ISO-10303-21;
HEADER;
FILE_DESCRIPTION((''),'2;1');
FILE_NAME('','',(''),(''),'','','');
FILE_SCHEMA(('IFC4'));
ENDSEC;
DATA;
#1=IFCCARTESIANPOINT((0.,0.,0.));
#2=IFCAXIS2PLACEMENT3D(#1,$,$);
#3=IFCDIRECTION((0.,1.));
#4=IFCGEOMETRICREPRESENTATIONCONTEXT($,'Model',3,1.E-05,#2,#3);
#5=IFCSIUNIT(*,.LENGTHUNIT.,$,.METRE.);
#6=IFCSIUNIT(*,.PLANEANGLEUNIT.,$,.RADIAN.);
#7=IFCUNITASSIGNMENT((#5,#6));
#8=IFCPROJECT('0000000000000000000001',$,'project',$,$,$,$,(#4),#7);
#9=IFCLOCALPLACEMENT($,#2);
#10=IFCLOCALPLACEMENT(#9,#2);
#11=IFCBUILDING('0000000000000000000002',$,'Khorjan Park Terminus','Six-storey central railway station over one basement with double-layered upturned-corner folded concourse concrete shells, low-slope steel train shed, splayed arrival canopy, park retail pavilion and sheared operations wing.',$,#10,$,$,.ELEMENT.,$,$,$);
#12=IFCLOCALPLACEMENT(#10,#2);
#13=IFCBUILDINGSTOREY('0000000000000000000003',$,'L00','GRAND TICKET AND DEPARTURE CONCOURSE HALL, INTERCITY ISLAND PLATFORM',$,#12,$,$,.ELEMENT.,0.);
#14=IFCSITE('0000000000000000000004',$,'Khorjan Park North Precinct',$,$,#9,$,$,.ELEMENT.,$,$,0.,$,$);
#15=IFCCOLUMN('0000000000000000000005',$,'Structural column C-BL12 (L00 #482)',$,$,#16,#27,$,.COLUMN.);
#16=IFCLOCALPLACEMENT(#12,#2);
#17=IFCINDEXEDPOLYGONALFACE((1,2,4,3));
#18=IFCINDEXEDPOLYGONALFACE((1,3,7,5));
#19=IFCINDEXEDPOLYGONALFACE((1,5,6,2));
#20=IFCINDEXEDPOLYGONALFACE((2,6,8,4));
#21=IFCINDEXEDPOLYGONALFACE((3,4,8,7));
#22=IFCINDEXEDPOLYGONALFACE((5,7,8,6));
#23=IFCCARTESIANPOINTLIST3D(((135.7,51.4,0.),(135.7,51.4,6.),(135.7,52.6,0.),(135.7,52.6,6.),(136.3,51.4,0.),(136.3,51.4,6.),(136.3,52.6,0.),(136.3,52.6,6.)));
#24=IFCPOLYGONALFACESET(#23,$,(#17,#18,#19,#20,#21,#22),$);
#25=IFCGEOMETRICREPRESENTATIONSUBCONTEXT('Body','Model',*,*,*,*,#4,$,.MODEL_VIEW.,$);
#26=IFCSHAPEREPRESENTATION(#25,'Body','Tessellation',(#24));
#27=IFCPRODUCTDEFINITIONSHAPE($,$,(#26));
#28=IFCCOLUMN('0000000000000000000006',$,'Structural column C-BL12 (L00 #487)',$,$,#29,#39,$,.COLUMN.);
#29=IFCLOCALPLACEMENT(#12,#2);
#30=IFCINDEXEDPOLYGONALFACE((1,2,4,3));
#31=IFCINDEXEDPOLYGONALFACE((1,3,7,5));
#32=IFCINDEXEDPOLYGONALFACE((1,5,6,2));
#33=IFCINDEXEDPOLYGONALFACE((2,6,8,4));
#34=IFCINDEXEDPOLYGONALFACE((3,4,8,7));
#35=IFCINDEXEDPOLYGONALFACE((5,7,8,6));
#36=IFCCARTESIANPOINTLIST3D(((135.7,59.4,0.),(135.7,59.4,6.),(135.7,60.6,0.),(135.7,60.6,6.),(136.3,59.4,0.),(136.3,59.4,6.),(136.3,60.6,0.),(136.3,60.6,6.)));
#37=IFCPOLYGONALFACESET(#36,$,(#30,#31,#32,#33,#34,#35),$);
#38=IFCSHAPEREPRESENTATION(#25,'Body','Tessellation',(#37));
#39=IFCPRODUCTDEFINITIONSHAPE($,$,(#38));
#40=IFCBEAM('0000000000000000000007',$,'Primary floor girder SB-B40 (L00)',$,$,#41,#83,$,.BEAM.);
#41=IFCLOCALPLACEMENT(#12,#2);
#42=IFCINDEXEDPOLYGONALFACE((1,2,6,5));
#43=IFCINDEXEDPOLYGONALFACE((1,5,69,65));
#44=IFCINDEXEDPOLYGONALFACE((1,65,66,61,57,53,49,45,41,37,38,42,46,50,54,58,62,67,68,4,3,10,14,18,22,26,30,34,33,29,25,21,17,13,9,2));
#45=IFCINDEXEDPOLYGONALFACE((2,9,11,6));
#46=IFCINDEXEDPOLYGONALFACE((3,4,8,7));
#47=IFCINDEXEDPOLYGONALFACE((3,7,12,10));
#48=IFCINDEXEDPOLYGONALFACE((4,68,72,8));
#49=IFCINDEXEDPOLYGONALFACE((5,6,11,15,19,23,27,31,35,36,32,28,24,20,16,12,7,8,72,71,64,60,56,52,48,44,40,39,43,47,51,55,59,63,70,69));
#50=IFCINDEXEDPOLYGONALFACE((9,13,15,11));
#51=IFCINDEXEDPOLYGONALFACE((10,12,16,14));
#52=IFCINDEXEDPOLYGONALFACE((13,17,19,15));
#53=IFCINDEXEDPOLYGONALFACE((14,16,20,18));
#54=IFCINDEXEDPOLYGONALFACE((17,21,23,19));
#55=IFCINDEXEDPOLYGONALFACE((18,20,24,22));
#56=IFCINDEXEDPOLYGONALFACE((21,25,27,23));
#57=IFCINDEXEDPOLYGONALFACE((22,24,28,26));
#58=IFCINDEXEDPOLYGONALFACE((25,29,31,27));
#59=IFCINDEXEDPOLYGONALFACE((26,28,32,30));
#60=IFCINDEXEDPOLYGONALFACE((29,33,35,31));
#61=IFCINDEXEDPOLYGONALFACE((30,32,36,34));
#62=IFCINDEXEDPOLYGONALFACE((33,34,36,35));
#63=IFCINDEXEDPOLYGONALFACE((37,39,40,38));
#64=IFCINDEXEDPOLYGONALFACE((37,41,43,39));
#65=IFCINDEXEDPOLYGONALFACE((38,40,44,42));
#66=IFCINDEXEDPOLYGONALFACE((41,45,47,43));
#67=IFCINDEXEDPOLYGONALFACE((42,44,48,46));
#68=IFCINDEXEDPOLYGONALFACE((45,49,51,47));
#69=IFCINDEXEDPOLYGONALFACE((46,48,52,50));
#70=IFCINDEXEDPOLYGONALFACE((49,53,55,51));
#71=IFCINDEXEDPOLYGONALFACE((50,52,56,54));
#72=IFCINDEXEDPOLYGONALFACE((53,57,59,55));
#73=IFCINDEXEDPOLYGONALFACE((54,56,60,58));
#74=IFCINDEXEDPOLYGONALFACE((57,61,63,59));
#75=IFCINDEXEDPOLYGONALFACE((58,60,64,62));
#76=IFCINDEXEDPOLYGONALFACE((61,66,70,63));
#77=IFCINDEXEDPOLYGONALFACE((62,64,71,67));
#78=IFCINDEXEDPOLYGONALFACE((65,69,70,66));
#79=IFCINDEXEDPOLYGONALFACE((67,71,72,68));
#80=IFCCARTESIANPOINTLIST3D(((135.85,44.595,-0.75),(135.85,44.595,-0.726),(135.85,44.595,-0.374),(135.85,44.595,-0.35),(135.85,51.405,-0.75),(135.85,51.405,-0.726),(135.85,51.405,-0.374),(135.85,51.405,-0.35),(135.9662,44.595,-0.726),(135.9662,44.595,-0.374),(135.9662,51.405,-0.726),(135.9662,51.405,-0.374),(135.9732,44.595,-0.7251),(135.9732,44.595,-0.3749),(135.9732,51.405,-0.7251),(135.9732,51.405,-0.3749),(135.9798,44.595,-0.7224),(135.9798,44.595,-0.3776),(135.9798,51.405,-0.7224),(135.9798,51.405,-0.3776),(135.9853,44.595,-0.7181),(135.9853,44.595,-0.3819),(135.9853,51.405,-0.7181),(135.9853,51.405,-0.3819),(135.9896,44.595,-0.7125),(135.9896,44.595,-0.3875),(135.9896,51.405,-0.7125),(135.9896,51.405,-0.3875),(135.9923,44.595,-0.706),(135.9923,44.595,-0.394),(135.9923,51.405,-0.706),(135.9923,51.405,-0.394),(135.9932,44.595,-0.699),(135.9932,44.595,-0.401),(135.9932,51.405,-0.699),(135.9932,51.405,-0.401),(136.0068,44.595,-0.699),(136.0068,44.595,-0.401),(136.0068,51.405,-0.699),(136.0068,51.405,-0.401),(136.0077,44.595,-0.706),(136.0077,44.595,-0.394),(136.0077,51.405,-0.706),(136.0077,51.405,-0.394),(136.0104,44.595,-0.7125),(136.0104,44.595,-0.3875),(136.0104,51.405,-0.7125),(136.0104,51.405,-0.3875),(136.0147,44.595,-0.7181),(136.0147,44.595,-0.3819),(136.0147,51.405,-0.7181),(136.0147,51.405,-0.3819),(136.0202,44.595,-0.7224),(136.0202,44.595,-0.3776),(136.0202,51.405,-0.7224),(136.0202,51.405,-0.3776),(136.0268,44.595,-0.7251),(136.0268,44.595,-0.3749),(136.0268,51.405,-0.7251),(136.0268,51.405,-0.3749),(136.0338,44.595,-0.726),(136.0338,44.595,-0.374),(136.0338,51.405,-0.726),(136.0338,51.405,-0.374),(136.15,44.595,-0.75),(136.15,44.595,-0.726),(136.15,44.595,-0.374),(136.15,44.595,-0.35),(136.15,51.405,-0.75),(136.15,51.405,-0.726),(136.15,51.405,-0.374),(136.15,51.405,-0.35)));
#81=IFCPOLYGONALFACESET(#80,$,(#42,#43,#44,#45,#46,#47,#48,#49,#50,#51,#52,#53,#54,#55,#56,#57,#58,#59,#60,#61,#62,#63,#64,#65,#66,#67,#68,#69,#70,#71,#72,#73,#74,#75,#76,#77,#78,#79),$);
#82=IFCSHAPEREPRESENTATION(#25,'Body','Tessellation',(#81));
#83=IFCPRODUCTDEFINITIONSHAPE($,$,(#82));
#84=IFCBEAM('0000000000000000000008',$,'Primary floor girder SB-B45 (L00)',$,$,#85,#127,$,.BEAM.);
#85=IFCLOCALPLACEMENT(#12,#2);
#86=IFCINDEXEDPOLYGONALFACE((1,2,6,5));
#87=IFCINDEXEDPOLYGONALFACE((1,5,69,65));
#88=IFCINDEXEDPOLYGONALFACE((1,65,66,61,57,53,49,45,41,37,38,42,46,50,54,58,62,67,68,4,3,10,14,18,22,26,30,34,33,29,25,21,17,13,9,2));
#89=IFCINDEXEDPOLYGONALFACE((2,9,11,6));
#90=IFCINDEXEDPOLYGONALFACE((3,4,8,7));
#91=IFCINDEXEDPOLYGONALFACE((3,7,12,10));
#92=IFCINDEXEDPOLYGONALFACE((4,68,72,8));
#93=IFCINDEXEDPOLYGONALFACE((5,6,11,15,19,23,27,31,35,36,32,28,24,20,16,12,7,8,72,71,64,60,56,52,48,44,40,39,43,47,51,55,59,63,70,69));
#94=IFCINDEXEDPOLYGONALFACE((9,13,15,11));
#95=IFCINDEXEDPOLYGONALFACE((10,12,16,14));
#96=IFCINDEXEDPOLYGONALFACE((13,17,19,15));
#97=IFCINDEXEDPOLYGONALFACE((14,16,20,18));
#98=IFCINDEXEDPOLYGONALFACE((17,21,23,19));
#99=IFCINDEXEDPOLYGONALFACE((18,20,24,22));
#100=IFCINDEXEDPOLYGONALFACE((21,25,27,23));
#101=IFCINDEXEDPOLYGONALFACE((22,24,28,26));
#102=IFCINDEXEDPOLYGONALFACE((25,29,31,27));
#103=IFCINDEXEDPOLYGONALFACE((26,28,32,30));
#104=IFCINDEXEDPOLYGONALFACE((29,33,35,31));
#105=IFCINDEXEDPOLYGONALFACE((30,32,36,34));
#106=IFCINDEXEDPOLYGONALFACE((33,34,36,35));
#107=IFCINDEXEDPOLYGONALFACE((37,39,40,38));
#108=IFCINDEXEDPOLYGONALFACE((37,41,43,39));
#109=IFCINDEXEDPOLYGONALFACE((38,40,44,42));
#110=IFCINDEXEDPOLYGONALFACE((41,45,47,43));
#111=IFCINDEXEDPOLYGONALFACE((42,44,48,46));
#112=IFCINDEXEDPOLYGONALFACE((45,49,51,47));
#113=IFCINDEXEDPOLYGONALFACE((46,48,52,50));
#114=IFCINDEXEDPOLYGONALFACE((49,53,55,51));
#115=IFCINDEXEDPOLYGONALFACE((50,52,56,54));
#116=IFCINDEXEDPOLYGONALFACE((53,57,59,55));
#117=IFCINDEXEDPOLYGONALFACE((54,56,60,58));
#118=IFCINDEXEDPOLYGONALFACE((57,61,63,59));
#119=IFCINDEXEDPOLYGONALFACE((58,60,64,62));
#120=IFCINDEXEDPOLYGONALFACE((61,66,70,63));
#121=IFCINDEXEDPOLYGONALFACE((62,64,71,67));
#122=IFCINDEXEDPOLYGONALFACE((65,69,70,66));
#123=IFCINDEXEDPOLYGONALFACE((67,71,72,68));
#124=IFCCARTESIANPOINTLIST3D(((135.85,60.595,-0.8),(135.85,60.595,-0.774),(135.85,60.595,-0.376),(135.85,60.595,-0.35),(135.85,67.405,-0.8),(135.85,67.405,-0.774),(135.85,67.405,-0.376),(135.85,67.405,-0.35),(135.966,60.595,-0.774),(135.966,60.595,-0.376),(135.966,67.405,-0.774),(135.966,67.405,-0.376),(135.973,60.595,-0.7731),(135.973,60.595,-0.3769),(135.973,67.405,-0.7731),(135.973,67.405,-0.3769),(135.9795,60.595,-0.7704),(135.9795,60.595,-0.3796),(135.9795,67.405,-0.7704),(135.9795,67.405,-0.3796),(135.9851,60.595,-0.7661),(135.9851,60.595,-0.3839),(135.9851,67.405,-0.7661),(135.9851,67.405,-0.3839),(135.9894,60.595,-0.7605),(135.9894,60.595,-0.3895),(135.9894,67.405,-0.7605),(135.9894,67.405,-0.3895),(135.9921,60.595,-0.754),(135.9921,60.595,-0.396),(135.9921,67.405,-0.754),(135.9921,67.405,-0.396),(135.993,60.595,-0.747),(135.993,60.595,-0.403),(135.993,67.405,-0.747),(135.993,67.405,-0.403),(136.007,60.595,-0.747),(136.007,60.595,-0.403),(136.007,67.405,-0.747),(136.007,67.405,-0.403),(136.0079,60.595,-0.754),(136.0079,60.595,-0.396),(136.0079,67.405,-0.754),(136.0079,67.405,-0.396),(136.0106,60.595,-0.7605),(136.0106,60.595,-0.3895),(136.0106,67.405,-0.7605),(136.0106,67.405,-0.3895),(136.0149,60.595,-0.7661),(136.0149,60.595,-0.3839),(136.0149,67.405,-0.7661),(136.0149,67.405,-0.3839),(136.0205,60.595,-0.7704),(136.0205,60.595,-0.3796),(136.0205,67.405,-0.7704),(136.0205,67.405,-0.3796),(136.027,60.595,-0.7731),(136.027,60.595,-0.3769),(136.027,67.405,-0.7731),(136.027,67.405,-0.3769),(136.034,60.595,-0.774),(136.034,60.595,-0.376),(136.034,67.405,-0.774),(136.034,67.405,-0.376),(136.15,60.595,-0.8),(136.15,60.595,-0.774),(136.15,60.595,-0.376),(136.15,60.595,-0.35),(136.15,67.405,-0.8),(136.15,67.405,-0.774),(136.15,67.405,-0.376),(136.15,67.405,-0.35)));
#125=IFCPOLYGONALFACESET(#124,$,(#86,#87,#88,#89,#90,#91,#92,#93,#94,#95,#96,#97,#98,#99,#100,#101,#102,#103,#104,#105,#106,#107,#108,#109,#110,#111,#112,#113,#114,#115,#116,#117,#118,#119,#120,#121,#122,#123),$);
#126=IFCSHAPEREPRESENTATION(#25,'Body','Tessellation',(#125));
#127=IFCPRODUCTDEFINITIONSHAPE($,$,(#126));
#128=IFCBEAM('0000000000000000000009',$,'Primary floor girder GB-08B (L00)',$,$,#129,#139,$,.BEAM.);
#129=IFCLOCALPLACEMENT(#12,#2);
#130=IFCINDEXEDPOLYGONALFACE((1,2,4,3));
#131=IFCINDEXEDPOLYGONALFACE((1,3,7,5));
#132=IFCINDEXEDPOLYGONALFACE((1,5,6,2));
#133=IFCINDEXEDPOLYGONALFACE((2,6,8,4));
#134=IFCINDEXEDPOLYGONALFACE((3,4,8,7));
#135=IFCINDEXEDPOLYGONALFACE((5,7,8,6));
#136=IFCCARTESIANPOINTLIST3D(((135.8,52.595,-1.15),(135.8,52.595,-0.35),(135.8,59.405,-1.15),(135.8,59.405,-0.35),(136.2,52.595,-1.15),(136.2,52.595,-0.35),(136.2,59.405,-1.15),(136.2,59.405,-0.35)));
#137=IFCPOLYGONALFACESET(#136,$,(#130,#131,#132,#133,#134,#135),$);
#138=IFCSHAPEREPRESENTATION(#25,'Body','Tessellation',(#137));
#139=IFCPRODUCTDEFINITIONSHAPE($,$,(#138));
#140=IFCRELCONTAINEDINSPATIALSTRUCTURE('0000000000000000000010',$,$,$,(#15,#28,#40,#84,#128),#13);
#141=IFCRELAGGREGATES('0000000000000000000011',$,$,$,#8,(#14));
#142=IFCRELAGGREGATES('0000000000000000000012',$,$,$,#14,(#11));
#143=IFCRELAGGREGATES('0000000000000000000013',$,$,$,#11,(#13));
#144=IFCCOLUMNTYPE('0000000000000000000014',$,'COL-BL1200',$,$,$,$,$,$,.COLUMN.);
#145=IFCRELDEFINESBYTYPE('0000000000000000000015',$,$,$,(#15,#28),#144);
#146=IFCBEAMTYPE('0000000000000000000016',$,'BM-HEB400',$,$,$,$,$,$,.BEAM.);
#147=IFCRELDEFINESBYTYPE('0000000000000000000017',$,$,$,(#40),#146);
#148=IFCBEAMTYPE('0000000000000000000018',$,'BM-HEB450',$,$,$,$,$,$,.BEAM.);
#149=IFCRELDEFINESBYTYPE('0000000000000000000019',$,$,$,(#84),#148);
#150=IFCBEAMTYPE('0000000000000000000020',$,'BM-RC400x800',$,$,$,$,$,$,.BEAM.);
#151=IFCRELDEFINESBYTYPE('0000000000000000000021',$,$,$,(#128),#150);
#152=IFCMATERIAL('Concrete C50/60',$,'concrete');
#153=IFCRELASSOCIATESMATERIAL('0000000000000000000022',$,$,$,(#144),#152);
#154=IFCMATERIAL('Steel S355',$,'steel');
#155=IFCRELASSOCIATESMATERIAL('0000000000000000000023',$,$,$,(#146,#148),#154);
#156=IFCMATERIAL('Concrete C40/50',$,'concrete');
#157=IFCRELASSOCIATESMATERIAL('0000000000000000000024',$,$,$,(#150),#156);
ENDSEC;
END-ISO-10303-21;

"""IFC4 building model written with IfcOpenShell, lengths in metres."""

from ifc_helpers import new_model, si_unit, direction, frame, origin, origin_2d, place, context, subcontext, project, spatial, rectangle, i_section, extrude, material, material_profile, profile_set, type_object, element, save


model = new_model("IFC4")

# Units and contexts
model_context = context("Model", 3, precision=1e-05, world=origin(), true_north=direction((0.0, 1.0)))
body_context = subcontext(model_context, "Body", "Model", "MODEL_VIEW")
ifc_project = project(units=[si_unit("LENGTHUNIT", "METRE"), si_unit("PLANEANGLEUNIT", "RADIAN")], contexts=[model_context])

# Site, building, storey
site_placement = place(None, origin())
site = spatial("IfcSite", under=ifc_project, at=site_placement, Name="Khorjan Park North Precinct", CompositionType="ELEMENT", RefElevation=0.0)
building_placement = place(site_placement, origin())
building = spatial("IfcBuilding", under=site, at=building_placement, Name="Khorjan Park Terminus", Description="Six-storey central railway station over one basement with double-layered upturned-corner folded concourse concrete shells, low-slope steel train shed, splayed arrival canopy, park retail pavilion and sheared operations wing.", CompositionType="ELEMENT")
storey_placement = place(building_placement, origin())
storey = spatial("IfcBuildingStorey", under=building, at=storey_placement, Name="L00", Description="GRAND TICKET AND DEPARTURE CONCOURSE HALL, INTERCITY ISLAND PLATFORM", CompositionType="ELEMENT", Elevation=0.0)

# Columns
ifc_material_1 = material(Name="Concrete C50/60", Category="concrete")
ifc_material_profile_1 = material_profile(ifc_material_1, rectangle(XDim=0.6, YDim=1.2, at=origin_2d()), Name="RC 600x1200")
ifc_profile_set_1 = profile_set([ifc_material_profile_1], Name="Concrete C50/60")
column_type = type_object("IfcColumnType", Name="COL-BL1200", PredefinedType="COLUMN", material=ifc_profile_set_1)
for number, where, z_axis, x_axis, name in (
    (1, (136.0, 52.0, 0.0), (0.0, 0.0, 1.0), (1.0, 0.0, 0.0), "Structural column C-BL12 (L00 #482)"),
    (2, (136.0, 60.0, 0.0), (0.0, 0.0, 1.0), (1.0, 0.0, 0.0), "Structural column C-BL12 (L00 #487)"),
):
    element("IfcColumn", number, at=place(storey_placement, frame(where, z_axis=z_axis, x_axis=x_axis)), inside=storey, type_object=column_type, Name=name, PredefinedType="COLUMN", context=body_context, shape_type="SweptSolid", body=[
        extrude(rectangle(XDim=0.6, YDim=1.2, at=origin_2d()), origin(), (0.0, 0.0, 1.0), 6.0),
    ])

# Beams
ifc_material_2 = material(Name="Steel S355", Category="steel")
ifc_material_profile_2 = material_profile(ifc_material_2, i_section(OverallWidth=0.3, OverallDepth=0.4, WebThickness=0.0135, FlangeThickness=0.024, FilletRadius=0.027, at=origin_2d()), Name="HEB 400")
ifc_profile_set_2 = profile_set([ifc_material_profile_2], Name="Steel S355")
beam_type_1 = type_object("IfcBeamType", Name="BM-HEB400", PredefinedType="BEAM", material=ifc_profile_set_2)
beam_1_placement = place(storey_placement, frame((136.0, 44.595, -0.55), z_axis=(0.0, 1.0, 0.0), x_axis=(-1.0, 0.0, 0.0)))
element("IfcBeam", 3, at=beam_1_placement, inside=storey, type_object=beam_type_1, Name="Primary floor girder SB-B40 (L00)", PredefinedType="BEAM", context=body_context, shape_type="SweptSolid", body=[
    extrude(i_section(OverallWidth=0.3, OverallDepth=0.4, WebThickness=0.0135, FlangeThickness=0.024, FilletRadius=0.027, at=origin_2d()), origin(), (0.0, 0.0, 1.0), 6.81),
])
ifc_material_profile_3 = material_profile(ifc_material_2, i_section(OverallWidth=0.3, OverallDepth=0.45, WebThickness=0.014, FlangeThickness=0.026, FilletRadius=0.027, at=origin_2d()), Name="HEB 450")
ifc_profile_set_3 = profile_set([ifc_material_profile_3], Name="Steel S355")
beam_type_2 = type_object("IfcBeamType", Name="BM-HEB450", PredefinedType="BEAM", material=ifc_profile_set_3)
beam_2_placement = place(storey_placement, frame((136.0, 60.595, -0.575), z_axis=(0.0, 1.0, 0.0), x_axis=(-1.0, 0.0, 0.0)))
element("IfcBeam", 4, at=beam_2_placement, inside=storey, type_object=beam_type_2, Name="Primary floor girder SB-B45 (L00)", PredefinedType="BEAM", context=body_context, shape_type="SweptSolid", body=[
    extrude(i_section(OverallWidth=0.3, OverallDepth=0.45, WebThickness=0.014, FlangeThickness=0.026, FilletRadius=0.027, at=origin_2d()), origin(), (0.0, 0.0, 1.0), 6.81),
])
ifc_material_3 = material(Name="Concrete C40/50", Category="concrete")
ifc_material_profile_4 = material_profile(ifc_material_3, rectangle(XDim=0.4, YDim=0.8, at=origin_2d()), Name="RC 400x800")
ifc_profile_set_4 = profile_set([ifc_material_profile_4], Name="Concrete C40/50")
beam_type_3 = type_object("IfcBeamType", Name="BM-RC400x800", PredefinedType="BEAM", material=ifc_profile_set_4)
beam_3_placement = place(storey_placement, frame((136.0, 52.595, -0.75), z_axis=(0.0, 1.0, 0.0), x_axis=(-1.0, 0.0, 0.0)))
element("IfcBeam", 5, at=beam_3_placement, inside=storey, type_object=beam_type_3, Name="Primary floor girder GB-08B (L00)", PredefinedType="BEAM", context=body_context, shape_type="SweptSolid", body=[
    extrude(rectangle(XDim=0.4, YDim=0.8, at=origin_2d()), origin(), (0.0, 0.0, 1.0), 6.81),
])

save(model, "model.ifc")
